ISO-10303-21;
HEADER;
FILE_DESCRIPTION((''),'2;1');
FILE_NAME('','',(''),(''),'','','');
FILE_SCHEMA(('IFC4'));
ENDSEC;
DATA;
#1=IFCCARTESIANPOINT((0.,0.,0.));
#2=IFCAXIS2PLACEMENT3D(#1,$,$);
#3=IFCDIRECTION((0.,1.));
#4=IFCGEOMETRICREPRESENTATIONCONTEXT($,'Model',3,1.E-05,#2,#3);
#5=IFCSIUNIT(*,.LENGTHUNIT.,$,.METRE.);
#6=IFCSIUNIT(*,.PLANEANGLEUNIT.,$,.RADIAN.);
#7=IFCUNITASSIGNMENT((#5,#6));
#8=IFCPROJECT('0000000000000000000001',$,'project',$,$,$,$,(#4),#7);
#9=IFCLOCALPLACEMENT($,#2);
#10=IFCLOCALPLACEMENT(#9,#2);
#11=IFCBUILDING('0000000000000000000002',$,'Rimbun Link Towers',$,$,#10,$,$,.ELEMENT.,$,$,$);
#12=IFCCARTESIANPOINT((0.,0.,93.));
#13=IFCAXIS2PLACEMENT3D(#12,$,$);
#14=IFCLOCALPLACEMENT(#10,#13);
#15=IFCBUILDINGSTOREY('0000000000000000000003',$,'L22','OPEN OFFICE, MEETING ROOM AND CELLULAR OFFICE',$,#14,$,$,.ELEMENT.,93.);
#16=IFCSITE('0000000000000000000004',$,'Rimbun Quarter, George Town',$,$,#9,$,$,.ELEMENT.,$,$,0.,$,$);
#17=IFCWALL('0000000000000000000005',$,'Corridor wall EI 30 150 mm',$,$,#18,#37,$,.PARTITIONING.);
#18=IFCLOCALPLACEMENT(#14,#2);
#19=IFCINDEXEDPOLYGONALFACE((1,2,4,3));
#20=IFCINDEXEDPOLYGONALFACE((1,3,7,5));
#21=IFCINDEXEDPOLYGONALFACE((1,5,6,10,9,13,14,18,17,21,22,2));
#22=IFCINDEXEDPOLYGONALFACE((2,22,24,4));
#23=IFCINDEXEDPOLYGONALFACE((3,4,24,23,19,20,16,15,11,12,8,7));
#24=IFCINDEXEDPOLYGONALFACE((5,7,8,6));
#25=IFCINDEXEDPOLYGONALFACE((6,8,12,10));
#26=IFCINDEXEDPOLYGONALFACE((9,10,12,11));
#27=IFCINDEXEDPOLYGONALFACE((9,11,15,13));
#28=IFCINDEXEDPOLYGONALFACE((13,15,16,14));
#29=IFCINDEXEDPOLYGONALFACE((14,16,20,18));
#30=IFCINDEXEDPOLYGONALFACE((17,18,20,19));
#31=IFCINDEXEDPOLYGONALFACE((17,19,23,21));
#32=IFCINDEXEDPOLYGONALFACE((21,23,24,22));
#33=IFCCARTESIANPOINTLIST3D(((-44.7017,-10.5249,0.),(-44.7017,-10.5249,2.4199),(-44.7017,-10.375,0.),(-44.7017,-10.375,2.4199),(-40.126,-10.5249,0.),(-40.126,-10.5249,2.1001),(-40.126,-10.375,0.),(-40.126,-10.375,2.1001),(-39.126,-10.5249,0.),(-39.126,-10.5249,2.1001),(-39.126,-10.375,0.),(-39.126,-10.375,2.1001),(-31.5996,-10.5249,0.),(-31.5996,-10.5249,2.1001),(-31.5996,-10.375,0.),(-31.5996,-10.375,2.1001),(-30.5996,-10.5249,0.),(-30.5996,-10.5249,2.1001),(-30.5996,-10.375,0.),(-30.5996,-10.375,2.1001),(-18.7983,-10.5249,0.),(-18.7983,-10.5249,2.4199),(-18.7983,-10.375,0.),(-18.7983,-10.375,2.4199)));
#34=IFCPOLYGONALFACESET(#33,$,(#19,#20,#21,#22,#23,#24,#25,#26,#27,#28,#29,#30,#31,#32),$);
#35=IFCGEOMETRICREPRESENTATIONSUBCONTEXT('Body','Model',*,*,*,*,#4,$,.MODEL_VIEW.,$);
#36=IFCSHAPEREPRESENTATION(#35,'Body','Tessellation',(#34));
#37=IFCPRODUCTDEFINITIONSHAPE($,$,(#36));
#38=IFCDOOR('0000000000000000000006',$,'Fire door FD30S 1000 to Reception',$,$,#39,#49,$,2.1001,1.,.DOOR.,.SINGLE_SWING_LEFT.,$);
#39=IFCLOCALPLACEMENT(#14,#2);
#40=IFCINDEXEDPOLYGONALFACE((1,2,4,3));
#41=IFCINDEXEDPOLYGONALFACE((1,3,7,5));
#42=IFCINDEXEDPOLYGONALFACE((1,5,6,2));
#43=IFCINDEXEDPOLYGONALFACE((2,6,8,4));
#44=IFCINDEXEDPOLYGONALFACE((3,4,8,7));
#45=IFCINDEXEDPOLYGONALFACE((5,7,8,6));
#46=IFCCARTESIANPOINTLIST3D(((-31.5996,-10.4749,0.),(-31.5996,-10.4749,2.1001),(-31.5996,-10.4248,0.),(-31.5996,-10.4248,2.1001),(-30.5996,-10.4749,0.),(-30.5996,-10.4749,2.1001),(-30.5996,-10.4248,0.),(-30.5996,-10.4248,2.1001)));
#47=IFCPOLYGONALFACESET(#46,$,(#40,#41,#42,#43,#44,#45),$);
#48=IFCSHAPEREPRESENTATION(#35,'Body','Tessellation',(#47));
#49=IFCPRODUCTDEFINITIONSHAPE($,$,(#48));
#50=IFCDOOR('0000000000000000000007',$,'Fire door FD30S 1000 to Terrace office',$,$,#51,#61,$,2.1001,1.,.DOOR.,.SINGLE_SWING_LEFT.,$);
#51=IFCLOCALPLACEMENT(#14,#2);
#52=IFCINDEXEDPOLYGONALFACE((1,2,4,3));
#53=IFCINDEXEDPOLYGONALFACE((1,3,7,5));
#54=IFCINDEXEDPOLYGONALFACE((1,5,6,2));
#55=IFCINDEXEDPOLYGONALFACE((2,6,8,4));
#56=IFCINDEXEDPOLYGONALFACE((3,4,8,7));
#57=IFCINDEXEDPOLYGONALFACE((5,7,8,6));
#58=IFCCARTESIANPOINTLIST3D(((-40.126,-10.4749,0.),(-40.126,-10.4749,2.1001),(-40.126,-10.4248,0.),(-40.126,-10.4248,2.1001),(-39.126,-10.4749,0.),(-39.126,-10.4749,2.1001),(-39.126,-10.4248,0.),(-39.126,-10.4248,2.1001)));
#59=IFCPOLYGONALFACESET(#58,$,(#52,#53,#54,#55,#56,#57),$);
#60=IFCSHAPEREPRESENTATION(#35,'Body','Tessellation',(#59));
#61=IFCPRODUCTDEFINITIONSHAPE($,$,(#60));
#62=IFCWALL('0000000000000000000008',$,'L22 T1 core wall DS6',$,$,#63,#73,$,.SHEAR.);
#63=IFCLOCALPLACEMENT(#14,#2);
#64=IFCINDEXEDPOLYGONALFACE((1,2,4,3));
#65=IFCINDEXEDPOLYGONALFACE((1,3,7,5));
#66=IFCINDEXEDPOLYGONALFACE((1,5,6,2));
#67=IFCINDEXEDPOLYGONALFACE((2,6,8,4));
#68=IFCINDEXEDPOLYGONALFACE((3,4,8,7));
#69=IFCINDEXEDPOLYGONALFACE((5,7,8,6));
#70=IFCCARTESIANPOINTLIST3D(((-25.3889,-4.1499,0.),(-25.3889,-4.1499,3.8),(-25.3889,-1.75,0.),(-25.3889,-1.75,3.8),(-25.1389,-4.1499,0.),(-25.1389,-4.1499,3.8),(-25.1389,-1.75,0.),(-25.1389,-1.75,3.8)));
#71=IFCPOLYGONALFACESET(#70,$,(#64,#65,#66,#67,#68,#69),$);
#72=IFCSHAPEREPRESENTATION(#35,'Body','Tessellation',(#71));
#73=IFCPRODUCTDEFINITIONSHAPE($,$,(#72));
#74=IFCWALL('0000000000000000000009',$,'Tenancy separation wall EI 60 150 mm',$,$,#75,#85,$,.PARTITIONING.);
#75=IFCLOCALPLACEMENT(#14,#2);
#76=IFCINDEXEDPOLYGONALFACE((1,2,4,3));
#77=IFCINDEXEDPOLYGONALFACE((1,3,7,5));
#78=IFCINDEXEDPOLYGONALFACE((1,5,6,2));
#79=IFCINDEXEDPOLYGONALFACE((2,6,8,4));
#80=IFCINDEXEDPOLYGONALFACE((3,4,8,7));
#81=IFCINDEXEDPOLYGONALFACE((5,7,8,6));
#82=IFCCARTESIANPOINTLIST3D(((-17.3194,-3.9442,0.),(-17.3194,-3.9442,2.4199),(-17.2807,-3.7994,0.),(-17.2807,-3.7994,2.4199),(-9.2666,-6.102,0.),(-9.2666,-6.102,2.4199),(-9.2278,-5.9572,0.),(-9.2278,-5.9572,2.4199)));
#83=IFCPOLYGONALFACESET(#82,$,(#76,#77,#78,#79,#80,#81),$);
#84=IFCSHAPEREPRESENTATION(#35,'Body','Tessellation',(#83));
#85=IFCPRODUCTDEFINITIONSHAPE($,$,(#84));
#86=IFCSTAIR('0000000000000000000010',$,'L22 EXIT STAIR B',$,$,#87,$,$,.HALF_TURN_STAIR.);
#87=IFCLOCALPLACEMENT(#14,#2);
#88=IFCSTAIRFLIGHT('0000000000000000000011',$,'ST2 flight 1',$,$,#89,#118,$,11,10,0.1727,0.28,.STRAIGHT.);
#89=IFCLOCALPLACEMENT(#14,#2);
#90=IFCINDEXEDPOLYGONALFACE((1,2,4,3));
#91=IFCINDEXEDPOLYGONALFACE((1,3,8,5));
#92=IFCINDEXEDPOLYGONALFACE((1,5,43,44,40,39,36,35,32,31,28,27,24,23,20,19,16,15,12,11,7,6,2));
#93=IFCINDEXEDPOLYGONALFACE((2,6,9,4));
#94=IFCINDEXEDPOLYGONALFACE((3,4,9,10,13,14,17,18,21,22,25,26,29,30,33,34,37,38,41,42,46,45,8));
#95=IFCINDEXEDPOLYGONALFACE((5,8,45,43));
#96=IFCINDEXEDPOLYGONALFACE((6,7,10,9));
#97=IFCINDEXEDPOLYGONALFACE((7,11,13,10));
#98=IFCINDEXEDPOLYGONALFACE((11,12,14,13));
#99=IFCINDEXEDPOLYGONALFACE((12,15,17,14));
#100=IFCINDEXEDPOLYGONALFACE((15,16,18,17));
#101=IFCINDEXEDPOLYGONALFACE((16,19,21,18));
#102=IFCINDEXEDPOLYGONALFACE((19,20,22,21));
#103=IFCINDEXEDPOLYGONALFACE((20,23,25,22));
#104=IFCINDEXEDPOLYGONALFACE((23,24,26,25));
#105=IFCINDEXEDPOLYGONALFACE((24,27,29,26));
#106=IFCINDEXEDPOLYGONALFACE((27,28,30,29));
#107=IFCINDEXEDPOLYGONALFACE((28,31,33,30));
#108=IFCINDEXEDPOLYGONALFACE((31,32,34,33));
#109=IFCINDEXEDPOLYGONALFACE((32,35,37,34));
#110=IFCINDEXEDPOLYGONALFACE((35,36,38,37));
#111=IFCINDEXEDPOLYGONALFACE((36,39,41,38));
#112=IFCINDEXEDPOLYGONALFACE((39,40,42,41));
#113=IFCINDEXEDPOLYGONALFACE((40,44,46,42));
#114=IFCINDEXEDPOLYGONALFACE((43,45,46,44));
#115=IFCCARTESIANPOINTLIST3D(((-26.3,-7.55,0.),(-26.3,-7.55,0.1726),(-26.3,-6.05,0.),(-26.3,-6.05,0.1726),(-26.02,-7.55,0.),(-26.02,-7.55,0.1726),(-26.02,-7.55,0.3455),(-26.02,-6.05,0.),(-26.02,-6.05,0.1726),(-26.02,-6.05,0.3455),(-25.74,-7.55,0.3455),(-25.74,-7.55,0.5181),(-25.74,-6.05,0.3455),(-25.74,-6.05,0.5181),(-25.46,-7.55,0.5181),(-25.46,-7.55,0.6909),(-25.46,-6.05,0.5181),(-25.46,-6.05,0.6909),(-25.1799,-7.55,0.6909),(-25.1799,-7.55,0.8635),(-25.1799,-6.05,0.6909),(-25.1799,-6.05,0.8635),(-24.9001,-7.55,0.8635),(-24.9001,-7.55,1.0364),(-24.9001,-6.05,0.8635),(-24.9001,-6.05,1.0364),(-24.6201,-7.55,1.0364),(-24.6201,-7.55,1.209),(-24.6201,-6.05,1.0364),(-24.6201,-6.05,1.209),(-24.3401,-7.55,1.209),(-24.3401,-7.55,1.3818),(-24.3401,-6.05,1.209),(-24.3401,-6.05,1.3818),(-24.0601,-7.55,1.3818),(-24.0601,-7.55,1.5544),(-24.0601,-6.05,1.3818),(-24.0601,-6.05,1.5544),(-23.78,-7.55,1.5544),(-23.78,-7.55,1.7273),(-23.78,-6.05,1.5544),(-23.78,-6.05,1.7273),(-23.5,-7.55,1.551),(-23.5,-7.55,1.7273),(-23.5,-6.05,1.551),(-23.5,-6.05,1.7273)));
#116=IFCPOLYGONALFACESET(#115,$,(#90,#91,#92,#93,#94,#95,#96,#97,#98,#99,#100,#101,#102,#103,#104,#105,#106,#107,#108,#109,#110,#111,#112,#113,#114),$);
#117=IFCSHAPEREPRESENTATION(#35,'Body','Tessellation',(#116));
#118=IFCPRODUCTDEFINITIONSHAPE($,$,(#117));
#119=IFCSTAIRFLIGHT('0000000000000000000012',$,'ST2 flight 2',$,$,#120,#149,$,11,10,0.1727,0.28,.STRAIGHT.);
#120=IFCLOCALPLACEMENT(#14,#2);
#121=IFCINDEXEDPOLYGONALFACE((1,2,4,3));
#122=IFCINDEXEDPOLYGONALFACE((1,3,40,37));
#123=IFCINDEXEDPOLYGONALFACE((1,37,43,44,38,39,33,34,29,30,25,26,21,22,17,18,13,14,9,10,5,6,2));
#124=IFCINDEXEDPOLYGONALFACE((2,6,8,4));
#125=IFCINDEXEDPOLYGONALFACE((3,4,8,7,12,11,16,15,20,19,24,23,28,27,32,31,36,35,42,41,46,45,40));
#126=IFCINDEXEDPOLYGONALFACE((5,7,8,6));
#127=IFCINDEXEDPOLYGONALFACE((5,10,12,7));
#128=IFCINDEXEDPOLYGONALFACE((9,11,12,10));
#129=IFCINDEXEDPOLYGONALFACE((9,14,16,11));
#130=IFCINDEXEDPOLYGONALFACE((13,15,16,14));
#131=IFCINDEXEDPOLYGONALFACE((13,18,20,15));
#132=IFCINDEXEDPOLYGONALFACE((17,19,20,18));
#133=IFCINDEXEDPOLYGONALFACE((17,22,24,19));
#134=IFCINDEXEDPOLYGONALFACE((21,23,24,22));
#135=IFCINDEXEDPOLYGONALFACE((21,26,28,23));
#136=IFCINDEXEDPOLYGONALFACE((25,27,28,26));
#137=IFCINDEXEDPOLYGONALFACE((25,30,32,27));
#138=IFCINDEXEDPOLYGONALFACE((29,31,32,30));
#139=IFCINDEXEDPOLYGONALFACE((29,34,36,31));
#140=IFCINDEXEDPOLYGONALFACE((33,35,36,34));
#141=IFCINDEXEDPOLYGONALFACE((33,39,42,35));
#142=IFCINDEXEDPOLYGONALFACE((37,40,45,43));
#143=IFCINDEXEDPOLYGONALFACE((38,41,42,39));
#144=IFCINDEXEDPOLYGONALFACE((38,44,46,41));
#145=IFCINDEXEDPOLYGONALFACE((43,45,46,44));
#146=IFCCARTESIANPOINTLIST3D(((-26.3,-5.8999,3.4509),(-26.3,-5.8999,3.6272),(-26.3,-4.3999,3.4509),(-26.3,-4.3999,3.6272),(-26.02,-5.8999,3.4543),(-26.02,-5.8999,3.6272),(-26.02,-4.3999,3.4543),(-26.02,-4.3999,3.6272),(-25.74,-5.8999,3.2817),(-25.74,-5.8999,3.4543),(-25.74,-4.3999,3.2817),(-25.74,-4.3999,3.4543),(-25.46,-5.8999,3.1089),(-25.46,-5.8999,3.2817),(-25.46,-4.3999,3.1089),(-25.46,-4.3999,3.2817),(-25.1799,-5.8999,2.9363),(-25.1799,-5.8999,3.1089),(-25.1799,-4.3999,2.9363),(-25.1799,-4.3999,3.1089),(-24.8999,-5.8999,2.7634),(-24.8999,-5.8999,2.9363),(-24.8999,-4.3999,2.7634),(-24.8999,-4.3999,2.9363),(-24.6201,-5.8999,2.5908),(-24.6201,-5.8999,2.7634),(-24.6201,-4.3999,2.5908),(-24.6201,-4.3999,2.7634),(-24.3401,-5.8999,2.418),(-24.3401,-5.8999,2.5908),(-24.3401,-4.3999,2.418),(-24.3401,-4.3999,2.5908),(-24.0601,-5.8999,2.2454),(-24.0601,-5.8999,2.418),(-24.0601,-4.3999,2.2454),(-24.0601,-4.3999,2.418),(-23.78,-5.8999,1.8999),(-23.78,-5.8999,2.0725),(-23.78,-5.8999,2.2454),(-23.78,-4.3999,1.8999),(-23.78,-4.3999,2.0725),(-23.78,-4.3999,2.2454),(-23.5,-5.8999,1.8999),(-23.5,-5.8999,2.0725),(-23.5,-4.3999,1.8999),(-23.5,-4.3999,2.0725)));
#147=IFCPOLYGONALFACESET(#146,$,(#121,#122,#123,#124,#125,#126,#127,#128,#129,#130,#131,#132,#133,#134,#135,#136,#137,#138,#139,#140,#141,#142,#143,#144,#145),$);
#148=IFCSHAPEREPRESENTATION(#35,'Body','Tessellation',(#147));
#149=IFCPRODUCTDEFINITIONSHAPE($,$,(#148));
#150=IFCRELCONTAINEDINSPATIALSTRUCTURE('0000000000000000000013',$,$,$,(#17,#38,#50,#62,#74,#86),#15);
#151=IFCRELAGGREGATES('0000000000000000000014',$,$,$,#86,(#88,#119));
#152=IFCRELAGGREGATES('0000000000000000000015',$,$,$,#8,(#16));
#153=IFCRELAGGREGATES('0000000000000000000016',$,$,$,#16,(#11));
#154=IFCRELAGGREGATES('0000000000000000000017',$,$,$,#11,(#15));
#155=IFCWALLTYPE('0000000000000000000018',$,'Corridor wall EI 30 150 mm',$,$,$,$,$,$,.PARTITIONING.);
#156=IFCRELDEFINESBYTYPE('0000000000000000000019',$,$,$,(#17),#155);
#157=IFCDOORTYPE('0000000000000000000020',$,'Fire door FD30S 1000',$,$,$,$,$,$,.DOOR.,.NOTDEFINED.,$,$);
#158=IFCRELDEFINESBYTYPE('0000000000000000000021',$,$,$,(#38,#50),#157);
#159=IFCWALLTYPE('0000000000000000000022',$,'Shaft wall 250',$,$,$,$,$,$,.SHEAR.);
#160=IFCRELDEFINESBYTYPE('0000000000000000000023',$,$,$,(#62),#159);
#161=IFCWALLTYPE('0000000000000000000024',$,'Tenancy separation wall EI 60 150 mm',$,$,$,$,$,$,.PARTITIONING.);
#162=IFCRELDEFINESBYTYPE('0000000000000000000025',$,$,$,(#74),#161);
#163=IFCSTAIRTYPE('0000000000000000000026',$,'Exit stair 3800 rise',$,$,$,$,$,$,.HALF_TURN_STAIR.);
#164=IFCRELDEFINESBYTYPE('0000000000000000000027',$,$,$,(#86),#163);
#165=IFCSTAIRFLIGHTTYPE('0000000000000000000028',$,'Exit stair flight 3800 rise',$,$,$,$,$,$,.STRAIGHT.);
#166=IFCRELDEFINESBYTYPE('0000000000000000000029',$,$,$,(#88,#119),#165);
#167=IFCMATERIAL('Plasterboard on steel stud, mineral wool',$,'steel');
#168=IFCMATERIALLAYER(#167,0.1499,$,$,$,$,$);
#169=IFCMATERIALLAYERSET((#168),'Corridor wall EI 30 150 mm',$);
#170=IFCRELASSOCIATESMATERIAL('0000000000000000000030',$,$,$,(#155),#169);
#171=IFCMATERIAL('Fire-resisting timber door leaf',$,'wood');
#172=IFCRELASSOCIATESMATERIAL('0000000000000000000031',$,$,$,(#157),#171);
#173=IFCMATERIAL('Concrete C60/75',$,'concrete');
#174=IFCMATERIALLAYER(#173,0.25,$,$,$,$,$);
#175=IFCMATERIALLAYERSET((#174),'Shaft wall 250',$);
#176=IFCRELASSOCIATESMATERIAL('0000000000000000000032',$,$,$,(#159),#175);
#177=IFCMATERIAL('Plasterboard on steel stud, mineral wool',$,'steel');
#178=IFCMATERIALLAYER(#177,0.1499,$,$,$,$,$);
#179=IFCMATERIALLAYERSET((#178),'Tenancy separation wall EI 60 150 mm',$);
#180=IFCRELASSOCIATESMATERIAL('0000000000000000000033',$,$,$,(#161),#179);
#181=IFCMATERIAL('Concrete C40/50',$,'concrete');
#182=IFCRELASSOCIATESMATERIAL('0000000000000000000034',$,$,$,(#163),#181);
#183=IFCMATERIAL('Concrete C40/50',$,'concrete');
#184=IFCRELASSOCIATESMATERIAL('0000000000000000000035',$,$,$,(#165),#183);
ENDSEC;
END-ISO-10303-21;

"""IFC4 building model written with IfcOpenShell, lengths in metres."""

from ifc_helpers import new_model, si_unit, direction, frame, frame_2d, origin, place, context, subcontext, project, spatial, polyline, rectangle, outline, extrude, material, layer, layer_set, type_object, element, fill, aggregate, save


model = new_model("IFC4")

# Units and contexts
model_context = context("Model", 3, precision=1e-05, world=origin(), true_north=direction((0.0, 1.0)))
body_context = subcontext(model_context, "Body", "Model", "MODEL_VIEW")
ifc_project = project(units=[si_unit("LENGTHUNIT", "METRE"), si_unit("PLANEANGLEUNIT", "RADIAN")], contexts=[model_context])

# Site, building, storey
site_placement = place(None, origin())
site = spatial("IfcSite", under=ifc_project, at=site_placement, Name="Rimbun Quarter, George Town", CompositionType="ELEMENT", RefElevation=0.0)
building_placement = place(site_placement, origin())
building = spatial("IfcBuilding", under=site, at=building_placement, Name="Rimbun Link Towers", CompositionType="ELEMENT")
storey_placement = place(building_placement, frame((0.0, 0.0, 93.0)))
storey = spatial("IfcBuildingStorey", under=building, at=storey_placement, Name="L22", Description="OPEN OFFICE, MEETING ROOM AND CELLULAR OFFICE", CompositionType="ELEMENT", Elevation=93.0)

# Wall, openings, doors
ifc_material_1 = material(Name="Plasterboard on steel stud, mineral wool", Category="steel")
ifc_layer_1 = layer(ifc_material_1, 0.1499)
ifc_layer_set_1 = layer_set([ifc_layer_1], Name="Corridor wall EI 30 150 mm")
wall_type_1 = type_object("IfcWallType", Name="Corridor wall EI 30 150 mm", PredefinedType="PARTITIONING", material=ifc_layer_set_1)
wall_1_placement = place(storey_placement, frame((-18.7983, -10.45, 0.0), z_axis=(0.0, 0.0, 1.0), x_axis=(-1.0, 0.0, 0.0)))
wall_1 = element("IfcWall", 1, at=wall_1_placement, inside=storey, type_object=wall_type_1, Name="Corridor wall EI 30 150 mm", PredefinedType="PARTITIONING", context=body_context, shape_type="SweptSolid", body=[
    extrude(rectangle(XDim=25.9033, YDim=0.1499, at=frame_2d((12.9517, 0.0))), origin(), (0.0, 0.0, 1.0), 2.4199),
])
opening_1_placement = place(wall_1_placement, frame((11.8013, 0.0, 0.0)))
opening_1 = element("IfcOpeningElement", 2, at=opening_1_placement, cuts=wall_1, PredefinedType="OPENING", context=body_context, shape_type="SweptSolid", body=[
    extrude(rectangle(XDim=1.0, YDim=2.1001, at=frame_2d((0.5, 1.05))), frame((0.0, 0.085, 0.0), z_axis=(0.0, -1.0, 0.0), x_axis=(1.0, 0.0, 0.0)), (0.0, 0.0, 1.0), 0.1699),
])
opening_2_placement = place(wall_1_placement, frame((20.3276, 0.0, 0.0)))
opening_2 = element("IfcOpeningElement", 3, at=opening_2_placement, cuts=wall_1, PredefinedType="OPENING", context=body_context, shape_type="SweptSolid", body=[
    extrude(rectangle(XDim=1.0, YDim=2.1001, at=frame_2d((0.5, 1.05))), frame((0.0, 0.085, 0.0), z_axis=(0.0, -1.0, 0.0), x_axis=(1.0, 0.0, 0.0)), (0.0, 0.0, 1.0), 0.1699),
])
ifc_material_2 = material(Name="Fire-resisting timber door leaf", Category="wood")
door_type_1 = type_object("IfcDoorType", Name="Fire door FD30S 1000", OperationType="NOTDEFINED", PredefinedType="DOOR", material=ifc_material_2)
door_1_placement = place(opening_1_placement, origin())
door_1 = element("IfcDoor", 4, at=door_1_placement, inside=storey, type_object=door_type_1, Name="Fire door FD30S 1000 to Reception", OperationType="SINGLE_SWING_LEFT", OverallHeight=2.1001, OverallWidth=1.0, PredefinedType="DOOR", context=body_context, shape_type="SweptSolid", body=[
    extrude(rectangle(XDim=1.0, YDim=2.1001, at=frame_2d((0.5, 1.05))), frame((0.0, 0.0249, 0.0), z_axis=(0.0, -1.0, 0.0), x_axis=(1.0, 0.0, 0.0)), (0.0, 0.0, 1.0), 0.05),
])
fill(opening_1, door_1)
door_2_placement = place(opening_2_placement, origin())
door_2 = element("IfcDoor", 5, at=door_2_placement, inside=storey, type_object=door_type_1, Name="Fire door FD30S 1000 to Terrace office", OperationType="SINGLE_SWING_LEFT", OverallHeight=2.1001, OverallWidth=1.0, PredefinedType="DOOR", context=body_context, shape_type="SweptSolid", body=[
    extrude(rectangle(XDim=1.0, YDim=2.1001, at=frame_2d((0.5, 1.05))), frame((0.0, 0.0249, 0.0), z_axis=(0.0, -1.0, 0.0), x_axis=(1.0, 0.0, 0.0)), (0.0, 0.0, 1.0), 0.05),
])
fill(opening_2, door_2)

# Walls
ifc_material_3 = material(Name="Concrete C60/75", Category="concrete")
ifc_layer_2 = layer(ifc_material_3, 0.25)
ifc_layer_set_2 = layer_set([ifc_layer_2], Name="Shaft wall 250")
wall_type_2 = type_object("IfcWallType", Name="Shaft wall 250", PredefinedType="SHEAR", material=ifc_layer_set_2)
wall_2_placement = place(storey_placement, frame((-25.2639, -4.1499, 0.0), z_axis=(0.0, 0.0, 1.0), x_axis=(0.0, 1.0, 0.0)))
element("IfcWall", 6, at=wall_2_placement, inside=storey, type_object=wall_type_2, Name="L22 T1 core wall DS6", PredefinedType="SHEAR", context=body_context, shape_type="SweptSolid", body=[
    extrude(rectangle(XDim=2.3999, YDim=0.25, at=frame_2d((1.2, 0.0))), origin(), (0.0, 0.0, 1.0), 3.8),
])
ifc_material_4 = material(Name="Plasterboard on steel stud, mineral wool", Category="steel")
ifc_layer_3 = layer(ifc_material_4, 0.1499)
ifc_layer_set_3 = layer_set([ifc_layer_3], Name="Tenancy separation wall EI 60 150 mm")
wall_type_3 = type_object("IfcWallType", Name="Tenancy separation wall EI 60 150 mm", PredefinedType="PARTITIONING", material=ifc_layer_set_3)
wall_3_placement = place(storey_placement, frame((-17.3, -3.8718, 0.0), z_axis=(0.0, 0.0, 1.0), x_axis=(0.965926, -0.258818, 0.0)))
element("IfcWall", 7, at=wall_3_placement, inside=storey, type_object=wall_type_3, Name="Tenancy separation wall EI 60 150 mm", PredefinedType="PARTITIONING", context=body_context, shape_type="SweptSolid", body=[
    extrude(rectangle(XDim=8.3369, YDim=0.1499, at=frame_2d((4.1685, 0.0))), origin(), (0.0, 0.0, 1.0), 2.4199),
])

# Stair, stair flights
ifc_material_5 = material(Name="Concrete C40/50", Category="concrete")
stair_type = type_object("IfcStairType", Name="Exit stair 3800 rise", PredefinedType="HALF_TURN_STAIR", material=ifc_material_5)
stair_placement = place(storey_placement, origin())
stair = element("IfcStair", 8, at=stair_placement, inside=storey, type_object=stair_type, Name="L22 EXIT STAIR B", PredefinedType="HALF_TURN_STAIR")
ifc_material_6 = material(Name="Concrete C40/50", Category="concrete")
stair_flight_type = type_object("IfcStairFlightType", Name="Exit stair flight 3800 rise", PredefinedType="STRAIGHT", material=ifc_material_6)
stair_flight_1_placement = place(storey_placement, frame((-26.3, -6.8, 0.0), z_axis=(0.0, 0.0, 1.0), x_axis=(1.0, 0.0, 0.0)))
stair_flight_1 = element("IfcStairFlight", 9, at=stair_flight_1_placement, type_object=stair_flight_type, Name="ST2 flight 1", NumberOfRisers=11, NumberOfTreads=10, PredefinedType="STRAIGHT", RiserHeight=0.1727, TreadLength=0.28, context=body_context, shape_type="SweptSolid", body=[
    extrude(outline(polyline([(0.0, 0.0), (0.0, 0.1726), (0.28, 0.1726), (0.28, 0.3455), (0.5601, 0.3455), (0.5601, 0.5181), (0.8401, 0.5181), (0.8401, 0.6909), (1.1201, 0.6909), (1.1201, 0.8635), (1.3999, 0.8635), (1.3999, 1.0364), (1.6799, 1.0364), (1.6799, 1.209), (1.96, 1.209), (1.96, 1.3818), (2.24, 1.3818), (2.24, 1.5544), (2.52, 1.5544), (2.52, 1.7273), (2.8, 1.7273), (2.8, 1.8999), (2.8, 1.551), (0.28, 0.0), (0.0, 0.0)])), frame((0.0, 0.75, 0.0), z_axis=(0.0, -1.0, 0.0), x_axis=(1.0, 0.0, 0.0)), (0.0, 0.0, 1.0), 1.5),
])
stair_flight_2_placement = place(storey_placement, frame((-23.5, -5.1499, 1.8999), z_axis=(0.0, 0.0, 1.0), x_axis=(-1.0, 0.0, 0.0)))
stair_flight_2 = element("IfcStairFlight", 10, at=stair_flight_2_placement, type_object=stair_flight_type, Name="ST2 flight 2", NumberOfRisers=11, NumberOfTreads=10, PredefinedType="STRAIGHT", RiserHeight=0.1727, TreadLength=0.28, context=body_context, shape_type="SweptSolid", body=[
    extrude(outline(polyline([(0.0, 0.0), (0.0, 0.1726), (0.28, 0.1726), (0.28, 0.3455), (0.5601, 0.3455), (0.5601, 0.5181), (0.8401, 0.5181), (0.8401, 0.6909), (1.1201, 0.6909), (1.1201, 0.8635), (1.3999, 0.8635), (1.3999, 1.0364), (1.6799, 1.0364), (1.6799, 1.209), (1.96, 1.209), (1.96, 1.3818), (2.24, 1.3818), (2.24, 1.5544), (2.52, 1.5544), (2.52, 1.7273), (2.8, 1.7273), (2.8, 1.8999), (2.8, 1.551), (0.28, 0.0), (0.0, 0.0)])), frame((0.0, 0.75, 0.0), z_axis=(0.0, -1.0, 0.0), x_axis=(1.0, 0.0, 0.0)), (0.0, 0.0, 1.0), 1.5),
])
aggregate(stair, [stair_flight_1, stair_flight_2])

save(model, "model.ifc")
